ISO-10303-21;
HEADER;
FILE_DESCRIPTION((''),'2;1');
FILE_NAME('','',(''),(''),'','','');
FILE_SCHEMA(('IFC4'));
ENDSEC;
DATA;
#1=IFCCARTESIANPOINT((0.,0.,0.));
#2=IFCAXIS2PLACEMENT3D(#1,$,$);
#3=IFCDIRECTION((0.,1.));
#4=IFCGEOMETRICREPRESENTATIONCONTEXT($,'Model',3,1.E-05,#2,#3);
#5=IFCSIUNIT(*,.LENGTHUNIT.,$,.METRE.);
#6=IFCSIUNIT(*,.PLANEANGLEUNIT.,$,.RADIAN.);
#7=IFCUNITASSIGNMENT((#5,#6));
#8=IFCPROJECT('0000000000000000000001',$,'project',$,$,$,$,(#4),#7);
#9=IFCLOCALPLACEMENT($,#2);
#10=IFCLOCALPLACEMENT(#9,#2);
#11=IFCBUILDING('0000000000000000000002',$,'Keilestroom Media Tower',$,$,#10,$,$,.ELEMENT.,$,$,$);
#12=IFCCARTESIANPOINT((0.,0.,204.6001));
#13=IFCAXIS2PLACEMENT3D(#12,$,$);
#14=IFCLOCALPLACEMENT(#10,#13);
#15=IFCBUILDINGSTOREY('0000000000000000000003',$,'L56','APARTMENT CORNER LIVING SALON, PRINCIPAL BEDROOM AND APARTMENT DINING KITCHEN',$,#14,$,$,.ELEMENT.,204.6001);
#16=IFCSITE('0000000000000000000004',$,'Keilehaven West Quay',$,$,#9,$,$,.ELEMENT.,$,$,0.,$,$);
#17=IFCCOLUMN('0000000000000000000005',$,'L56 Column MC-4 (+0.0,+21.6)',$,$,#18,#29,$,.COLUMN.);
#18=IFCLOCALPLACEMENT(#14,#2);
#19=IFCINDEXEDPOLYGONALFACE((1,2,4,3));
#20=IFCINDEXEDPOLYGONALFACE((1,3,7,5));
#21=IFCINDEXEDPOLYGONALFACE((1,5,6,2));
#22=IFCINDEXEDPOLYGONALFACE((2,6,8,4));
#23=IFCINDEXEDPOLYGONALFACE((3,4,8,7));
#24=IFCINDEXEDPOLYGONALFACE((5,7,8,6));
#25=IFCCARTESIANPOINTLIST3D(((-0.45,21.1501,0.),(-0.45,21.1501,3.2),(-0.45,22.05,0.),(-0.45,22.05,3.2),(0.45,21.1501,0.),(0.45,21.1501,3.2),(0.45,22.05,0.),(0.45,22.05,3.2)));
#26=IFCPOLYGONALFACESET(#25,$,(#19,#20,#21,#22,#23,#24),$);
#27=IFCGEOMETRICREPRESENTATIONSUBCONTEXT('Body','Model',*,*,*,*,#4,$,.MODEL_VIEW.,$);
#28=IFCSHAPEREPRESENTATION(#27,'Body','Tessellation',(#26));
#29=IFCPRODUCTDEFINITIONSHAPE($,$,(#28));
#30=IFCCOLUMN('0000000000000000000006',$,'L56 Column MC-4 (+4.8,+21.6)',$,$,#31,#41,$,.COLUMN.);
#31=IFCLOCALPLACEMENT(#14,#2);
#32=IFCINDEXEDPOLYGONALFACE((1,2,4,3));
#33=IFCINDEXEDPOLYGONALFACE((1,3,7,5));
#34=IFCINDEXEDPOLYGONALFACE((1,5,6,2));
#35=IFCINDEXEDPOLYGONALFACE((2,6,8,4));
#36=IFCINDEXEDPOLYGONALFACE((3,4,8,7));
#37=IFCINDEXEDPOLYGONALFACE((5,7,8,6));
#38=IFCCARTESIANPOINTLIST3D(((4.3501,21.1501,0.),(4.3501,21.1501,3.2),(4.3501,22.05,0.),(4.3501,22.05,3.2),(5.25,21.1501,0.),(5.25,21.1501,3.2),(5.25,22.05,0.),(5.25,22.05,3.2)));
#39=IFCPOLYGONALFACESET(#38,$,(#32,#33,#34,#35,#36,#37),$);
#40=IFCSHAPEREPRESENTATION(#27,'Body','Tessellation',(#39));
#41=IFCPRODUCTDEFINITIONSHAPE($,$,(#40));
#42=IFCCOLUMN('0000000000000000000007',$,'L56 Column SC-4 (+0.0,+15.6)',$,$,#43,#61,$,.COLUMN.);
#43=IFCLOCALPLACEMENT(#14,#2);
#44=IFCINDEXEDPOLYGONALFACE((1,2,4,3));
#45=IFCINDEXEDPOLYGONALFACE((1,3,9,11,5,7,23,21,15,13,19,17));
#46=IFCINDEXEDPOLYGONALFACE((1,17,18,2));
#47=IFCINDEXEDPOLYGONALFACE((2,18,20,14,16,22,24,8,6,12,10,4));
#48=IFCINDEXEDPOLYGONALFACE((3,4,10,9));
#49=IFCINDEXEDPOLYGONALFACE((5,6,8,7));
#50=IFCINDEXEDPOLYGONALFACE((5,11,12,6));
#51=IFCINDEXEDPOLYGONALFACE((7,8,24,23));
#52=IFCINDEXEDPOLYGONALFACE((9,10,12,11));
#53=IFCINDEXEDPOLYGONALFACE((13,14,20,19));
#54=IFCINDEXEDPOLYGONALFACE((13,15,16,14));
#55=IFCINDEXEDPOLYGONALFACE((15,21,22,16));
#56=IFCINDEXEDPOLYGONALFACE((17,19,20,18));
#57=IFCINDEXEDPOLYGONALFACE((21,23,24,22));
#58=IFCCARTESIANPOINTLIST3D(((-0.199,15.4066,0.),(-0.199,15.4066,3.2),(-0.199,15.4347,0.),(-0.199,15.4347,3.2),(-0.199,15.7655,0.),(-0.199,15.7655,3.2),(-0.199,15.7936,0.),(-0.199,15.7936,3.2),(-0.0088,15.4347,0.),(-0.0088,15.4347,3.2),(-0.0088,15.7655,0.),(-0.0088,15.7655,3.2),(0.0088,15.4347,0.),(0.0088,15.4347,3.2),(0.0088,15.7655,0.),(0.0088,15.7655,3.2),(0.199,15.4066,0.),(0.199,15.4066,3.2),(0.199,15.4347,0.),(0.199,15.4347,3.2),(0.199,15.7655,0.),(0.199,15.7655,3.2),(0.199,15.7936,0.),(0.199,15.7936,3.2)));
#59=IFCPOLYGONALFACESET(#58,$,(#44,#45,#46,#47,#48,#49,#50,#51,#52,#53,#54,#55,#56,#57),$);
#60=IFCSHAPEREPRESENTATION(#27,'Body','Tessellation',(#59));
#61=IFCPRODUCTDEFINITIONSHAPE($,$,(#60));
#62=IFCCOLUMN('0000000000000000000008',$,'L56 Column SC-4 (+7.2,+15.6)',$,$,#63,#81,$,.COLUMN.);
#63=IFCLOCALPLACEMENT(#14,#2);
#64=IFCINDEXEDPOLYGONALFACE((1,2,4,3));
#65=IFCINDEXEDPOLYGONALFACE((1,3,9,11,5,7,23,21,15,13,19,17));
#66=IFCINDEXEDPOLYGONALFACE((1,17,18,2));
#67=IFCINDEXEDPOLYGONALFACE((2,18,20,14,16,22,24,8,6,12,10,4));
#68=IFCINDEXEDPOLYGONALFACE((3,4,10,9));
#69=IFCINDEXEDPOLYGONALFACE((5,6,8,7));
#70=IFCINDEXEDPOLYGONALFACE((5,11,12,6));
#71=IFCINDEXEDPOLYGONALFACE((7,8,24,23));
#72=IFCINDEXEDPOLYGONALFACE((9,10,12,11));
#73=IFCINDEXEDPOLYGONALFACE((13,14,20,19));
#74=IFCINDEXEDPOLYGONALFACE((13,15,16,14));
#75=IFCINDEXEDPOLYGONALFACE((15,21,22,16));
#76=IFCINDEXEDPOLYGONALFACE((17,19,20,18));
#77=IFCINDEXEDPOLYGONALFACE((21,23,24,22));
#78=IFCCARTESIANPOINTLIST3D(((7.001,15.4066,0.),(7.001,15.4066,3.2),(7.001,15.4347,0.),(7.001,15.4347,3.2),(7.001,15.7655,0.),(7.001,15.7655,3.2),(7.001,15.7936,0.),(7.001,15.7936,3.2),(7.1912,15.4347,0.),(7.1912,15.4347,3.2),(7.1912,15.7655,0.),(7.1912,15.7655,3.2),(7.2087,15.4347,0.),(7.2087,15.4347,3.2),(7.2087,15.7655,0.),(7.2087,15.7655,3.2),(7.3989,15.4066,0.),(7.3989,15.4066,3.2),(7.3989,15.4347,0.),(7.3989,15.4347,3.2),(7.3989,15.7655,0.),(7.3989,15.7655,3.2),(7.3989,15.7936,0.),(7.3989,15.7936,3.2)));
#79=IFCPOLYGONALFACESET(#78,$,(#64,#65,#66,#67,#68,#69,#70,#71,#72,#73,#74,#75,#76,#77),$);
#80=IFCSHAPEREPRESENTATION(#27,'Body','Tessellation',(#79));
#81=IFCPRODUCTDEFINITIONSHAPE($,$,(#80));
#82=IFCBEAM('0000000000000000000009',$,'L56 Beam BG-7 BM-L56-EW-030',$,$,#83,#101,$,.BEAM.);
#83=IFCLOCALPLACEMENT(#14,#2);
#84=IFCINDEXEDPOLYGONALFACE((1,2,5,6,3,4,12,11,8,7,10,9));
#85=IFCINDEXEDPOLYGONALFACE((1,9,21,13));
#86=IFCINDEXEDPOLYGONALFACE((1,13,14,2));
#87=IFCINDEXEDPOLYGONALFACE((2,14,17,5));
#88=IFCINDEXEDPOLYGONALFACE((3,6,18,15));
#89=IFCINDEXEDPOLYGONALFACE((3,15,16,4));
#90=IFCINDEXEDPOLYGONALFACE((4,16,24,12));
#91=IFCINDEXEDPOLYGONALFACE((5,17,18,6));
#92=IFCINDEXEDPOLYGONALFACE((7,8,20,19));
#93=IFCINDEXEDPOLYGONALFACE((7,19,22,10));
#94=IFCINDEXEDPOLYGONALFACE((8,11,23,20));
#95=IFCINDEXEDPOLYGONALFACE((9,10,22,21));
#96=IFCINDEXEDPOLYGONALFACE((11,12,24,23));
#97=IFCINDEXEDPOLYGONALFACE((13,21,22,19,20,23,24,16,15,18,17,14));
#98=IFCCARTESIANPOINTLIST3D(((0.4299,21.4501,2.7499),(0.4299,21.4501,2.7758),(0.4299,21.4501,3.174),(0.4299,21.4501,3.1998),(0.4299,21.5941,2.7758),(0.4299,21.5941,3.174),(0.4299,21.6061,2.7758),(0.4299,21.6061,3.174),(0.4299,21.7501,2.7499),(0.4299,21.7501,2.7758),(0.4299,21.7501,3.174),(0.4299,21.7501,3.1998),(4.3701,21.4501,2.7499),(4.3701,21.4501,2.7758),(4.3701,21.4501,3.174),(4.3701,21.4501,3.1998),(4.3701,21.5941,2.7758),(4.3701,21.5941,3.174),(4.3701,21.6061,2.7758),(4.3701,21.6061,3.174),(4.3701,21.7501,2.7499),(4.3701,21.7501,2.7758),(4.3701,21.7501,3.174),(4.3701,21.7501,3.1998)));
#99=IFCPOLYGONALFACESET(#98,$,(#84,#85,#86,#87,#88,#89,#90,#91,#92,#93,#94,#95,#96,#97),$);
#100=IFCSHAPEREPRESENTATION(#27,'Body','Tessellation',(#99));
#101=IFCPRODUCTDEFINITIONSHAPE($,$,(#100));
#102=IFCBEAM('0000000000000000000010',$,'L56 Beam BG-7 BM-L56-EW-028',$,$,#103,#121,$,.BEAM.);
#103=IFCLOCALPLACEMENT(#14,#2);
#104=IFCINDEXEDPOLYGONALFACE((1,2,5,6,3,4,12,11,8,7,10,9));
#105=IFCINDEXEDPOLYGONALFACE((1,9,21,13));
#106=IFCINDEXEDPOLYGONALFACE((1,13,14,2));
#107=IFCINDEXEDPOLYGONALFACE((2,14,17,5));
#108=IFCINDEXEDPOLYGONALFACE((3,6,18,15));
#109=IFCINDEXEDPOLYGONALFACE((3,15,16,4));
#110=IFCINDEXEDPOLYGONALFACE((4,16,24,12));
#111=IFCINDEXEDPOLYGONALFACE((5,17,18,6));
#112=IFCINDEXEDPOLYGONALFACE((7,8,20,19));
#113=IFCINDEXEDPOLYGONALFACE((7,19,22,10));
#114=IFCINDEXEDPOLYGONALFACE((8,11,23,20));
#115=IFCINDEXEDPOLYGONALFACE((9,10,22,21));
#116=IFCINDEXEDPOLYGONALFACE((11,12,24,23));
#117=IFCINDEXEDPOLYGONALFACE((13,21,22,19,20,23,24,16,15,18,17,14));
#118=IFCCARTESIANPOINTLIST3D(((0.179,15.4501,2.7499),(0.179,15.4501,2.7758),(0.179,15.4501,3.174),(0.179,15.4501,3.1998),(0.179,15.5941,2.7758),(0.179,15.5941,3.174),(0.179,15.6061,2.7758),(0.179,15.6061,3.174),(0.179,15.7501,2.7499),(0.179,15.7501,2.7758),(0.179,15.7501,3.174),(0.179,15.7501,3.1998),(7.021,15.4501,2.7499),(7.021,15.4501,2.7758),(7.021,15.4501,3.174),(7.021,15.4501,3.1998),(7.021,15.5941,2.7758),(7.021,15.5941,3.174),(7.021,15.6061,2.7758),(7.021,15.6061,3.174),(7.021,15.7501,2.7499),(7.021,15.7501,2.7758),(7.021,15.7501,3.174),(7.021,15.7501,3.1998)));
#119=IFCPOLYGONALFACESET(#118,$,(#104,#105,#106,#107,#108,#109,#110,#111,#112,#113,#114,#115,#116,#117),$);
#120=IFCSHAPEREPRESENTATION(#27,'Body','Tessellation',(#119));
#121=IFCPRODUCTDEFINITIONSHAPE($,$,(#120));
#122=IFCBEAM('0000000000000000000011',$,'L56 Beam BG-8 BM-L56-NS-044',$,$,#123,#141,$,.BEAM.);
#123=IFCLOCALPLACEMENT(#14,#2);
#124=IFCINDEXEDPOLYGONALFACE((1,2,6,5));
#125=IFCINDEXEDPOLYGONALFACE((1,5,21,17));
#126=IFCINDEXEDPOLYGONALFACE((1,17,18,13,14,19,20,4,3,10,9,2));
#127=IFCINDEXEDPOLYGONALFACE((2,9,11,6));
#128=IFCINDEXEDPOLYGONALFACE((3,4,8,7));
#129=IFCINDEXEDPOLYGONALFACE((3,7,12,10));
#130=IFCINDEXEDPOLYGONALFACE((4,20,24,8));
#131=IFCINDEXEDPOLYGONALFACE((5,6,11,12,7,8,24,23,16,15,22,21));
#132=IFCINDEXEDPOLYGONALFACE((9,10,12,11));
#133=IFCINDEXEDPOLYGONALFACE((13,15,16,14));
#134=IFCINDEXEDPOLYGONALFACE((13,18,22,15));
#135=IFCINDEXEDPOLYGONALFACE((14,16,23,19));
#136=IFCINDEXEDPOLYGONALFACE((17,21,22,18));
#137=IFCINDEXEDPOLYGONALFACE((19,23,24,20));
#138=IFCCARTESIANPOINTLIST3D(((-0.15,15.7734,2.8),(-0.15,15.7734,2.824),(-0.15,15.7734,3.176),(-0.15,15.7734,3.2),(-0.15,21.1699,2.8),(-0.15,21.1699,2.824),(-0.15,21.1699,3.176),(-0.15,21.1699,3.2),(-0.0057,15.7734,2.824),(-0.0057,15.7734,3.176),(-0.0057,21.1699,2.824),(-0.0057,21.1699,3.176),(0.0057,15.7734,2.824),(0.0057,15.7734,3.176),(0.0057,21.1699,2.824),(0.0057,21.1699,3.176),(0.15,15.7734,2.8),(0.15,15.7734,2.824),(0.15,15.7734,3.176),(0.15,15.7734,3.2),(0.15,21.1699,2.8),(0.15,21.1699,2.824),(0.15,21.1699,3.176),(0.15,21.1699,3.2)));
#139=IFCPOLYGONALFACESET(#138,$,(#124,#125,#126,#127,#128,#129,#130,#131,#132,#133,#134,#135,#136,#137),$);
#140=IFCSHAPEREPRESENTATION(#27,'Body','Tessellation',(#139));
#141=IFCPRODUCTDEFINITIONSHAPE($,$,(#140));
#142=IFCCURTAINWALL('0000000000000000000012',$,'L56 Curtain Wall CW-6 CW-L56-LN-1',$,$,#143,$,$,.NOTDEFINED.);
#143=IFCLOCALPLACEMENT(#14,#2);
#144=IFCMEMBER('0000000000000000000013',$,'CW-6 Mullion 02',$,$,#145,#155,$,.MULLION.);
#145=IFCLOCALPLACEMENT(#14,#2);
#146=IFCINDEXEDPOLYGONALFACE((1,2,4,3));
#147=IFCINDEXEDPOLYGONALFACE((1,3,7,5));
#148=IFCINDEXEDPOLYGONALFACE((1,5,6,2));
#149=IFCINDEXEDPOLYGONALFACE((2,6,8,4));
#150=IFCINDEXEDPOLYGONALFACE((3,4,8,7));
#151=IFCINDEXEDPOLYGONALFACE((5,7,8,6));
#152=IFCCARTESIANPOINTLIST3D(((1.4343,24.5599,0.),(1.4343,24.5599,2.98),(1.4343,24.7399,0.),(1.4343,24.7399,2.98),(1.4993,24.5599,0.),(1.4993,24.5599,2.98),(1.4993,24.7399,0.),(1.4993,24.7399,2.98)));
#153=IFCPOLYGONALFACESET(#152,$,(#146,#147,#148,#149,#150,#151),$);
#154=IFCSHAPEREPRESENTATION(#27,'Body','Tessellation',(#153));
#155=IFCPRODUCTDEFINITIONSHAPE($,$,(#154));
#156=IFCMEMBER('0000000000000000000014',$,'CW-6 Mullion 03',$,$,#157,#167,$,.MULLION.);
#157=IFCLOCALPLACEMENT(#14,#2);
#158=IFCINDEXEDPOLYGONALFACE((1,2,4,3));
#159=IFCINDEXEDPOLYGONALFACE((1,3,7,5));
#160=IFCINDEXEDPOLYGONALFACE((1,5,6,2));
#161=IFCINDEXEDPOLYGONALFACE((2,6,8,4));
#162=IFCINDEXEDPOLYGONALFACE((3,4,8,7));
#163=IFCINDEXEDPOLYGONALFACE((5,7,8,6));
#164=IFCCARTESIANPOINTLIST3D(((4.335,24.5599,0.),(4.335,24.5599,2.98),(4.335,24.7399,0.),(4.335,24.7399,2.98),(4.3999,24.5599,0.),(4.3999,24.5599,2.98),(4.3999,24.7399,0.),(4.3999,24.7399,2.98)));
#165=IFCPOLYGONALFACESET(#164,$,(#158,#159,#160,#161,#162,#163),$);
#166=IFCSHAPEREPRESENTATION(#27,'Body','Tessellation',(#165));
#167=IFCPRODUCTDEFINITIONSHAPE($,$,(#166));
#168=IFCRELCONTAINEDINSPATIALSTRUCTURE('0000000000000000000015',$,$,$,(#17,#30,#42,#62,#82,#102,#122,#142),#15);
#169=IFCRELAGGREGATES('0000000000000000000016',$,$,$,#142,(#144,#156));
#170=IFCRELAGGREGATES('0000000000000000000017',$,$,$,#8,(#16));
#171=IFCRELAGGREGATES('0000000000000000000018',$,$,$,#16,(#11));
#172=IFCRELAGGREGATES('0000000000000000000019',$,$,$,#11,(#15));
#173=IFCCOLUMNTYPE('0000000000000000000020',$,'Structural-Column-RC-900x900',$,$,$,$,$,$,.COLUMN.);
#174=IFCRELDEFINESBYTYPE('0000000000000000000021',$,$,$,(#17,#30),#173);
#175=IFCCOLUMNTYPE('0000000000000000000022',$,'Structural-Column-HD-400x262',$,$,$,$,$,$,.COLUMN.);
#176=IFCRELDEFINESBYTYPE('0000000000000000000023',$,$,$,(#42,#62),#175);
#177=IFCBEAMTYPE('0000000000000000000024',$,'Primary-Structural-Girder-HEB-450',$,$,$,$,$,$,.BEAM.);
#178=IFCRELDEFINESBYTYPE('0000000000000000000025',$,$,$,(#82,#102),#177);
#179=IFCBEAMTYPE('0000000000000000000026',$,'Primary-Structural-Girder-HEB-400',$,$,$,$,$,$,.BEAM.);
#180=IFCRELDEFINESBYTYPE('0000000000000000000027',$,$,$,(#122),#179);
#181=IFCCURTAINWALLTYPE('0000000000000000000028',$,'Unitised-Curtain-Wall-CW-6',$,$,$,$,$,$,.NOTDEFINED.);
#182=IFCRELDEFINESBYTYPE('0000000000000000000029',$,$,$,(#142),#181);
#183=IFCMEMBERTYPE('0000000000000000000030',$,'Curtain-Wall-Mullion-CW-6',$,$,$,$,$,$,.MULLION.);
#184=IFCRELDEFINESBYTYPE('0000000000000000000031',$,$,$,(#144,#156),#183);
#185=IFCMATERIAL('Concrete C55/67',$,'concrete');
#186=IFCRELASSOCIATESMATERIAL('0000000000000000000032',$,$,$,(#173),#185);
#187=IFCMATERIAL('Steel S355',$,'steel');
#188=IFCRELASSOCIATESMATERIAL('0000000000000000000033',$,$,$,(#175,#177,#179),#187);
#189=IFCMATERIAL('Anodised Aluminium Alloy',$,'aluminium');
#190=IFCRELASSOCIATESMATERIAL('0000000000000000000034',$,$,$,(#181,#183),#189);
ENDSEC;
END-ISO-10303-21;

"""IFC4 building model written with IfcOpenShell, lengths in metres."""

from ifc_helpers import new_model, si_unit, direction, frame, origin, origin_2d, place, context, subcontext, project, spatial, rectangle, i_section, extrude, source, transform, mapped, material, material_profile, profile_set, type_object, element, aggregate, save


model = new_model("IFC4")

# Units and contexts
model_context = context("Model", 3, precision=1e-05, world=origin(), true_north=direction((0.0, 1.0)))
body_context = subcontext(model_context, "Body", "Model", "MODEL_VIEW")
ifc_project = project(units=[si_unit("LENGTHUNIT", "METRE"), si_unit("PLANEANGLEUNIT", "RADIAN")], contexts=[model_context])

# Site, building, storey
site_placement = place(None, origin())
site = spatial("IfcSite", under=ifc_project, at=site_placement, Name="Keilehaven West Quay", CompositionType="ELEMENT", RefElevation=0.0)
building_placement = place(site_placement, origin())
building = spatial("IfcBuilding", under=site, at=building_placement, Name="Keilestroom Media Tower", CompositionType="ELEMENT")
storey_placement = place(building_placement, frame((0.0, 0.0, 204.6001)))
storey = spatial("IfcBuildingStorey", under=building, at=storey_placement, Name="L56", Description="APARTMENT CORNER LIVING SALON, PRINCIPAL BEDROOM AND APARTMENT DINING KITCHEN", CompositionType="ELEMENT", Elevation=204.6001)

# Columns
ifc_material_1 = material(Name="Concrete C55/67", Category="concrete")
ifc_material_profile_1 = material_profile(ifc_material_1, rectangle(XDim=0.8999, YDim=0.8999, at=origin_2d()), Name="RC 900x900")
ifc_profile_set_1 = profile_set([ifc_material_profile_1], Name="Concrete C55/67")
column_type_1 = type_object("IfcColumnType", Name="Structural-Column-RC-900x900", PredefinedType="COLUMN", material=ifc_profile_set_1)
shared_shape_1 = source(origin(), body_context, "Body", "SweptSolid", [
    extrude(rectangle(XDim=0.8999, YDim=0.8999, at=origin_2d()), origin(), (0.0, 0.0, 1.0), 3.2),
])
for number, where, z_axis, x_axis, name in (
    (1, (0.0, 21.6001, 0.0), (0.0, 0.0, 1.0), (1.0, 0.0, 0.0), "L56 Column MC-4 (+0.0,+21.6)"),
    (2, (4.8, 21.6001, 0.0), (0.0, 0.0, 1.0), (1.0, 0.0, 0.0), "L56 Column MC-4 (+4.8,+21.6)"),
):
    element("IfcColumn", number, at=place(storey_placement, frame(where, z_axis=z_axis, x_axis=x_axis)), inside=storey, type_object=column_type_1, Name=name, PredefinedType="COLUMN", context=body_context, shape_type="MappedRepresentation", body=[
        mapped(shared_shape_1, transform((0.0, 0.0, 0.0), x_axis=(1.0, 0.0, 0.0), y_axis=(0.0, 1.0, 0.0), z_axis=(0.0, 0.0, 1.0), scale=1.0)),
    ])
ifc_material_2 = material(Name="Steel S355", Category="steel")
ifc_material_profile_2 = material_profile(ifc_material_2, i_section(OverallWidth=0.3979, OverallDepth=0.387, WebThickness=0.0176, FlangeThickness=0.0281, at=origin_2d()), Name="HD 400x262")
ifc_profile_set_2 = profile_set([ifc_material_profile_2], Name="Steel S355")
column_type_2 = type_object("IfcColumnType", Name="Structural-Column-HD-400x262", PredefinedType="COLUMN", material=ifc_profile_set_2)
shared_shape_2 = source(origin(), body_context, "Body", "SweptSolid", [
    extrude(i_section(OverallWidth=0.3979, OverallDepth=0.387, WebThickness=0.0176, FlangeThickness=0.0281, at=origin_2d()), origin(), (0.0, 0.0, 1.0), 3.2),
])
for number, where, z_axis, x_axis, name in (
    (3, (0.0, 15.6001, 0.0), (0.0, 0.0, 1.0), (1.0, 0.0, 0.0), "L56 Column SC-4 (+0.0,+15.6)"),
    (4, (7.2, 15.6001, 0.0), (0.0, 0.0, 1.0), (1.0, 0.0, 0.0), "L56 Column SC-4 (+7.2,+15.6)"),
):
    element("IfcColumn", number, at=place(storey_placement, frame(where, z_axis=z_axis, x_axis=x_axis)), inside=storey, type_object=column_type_2, Name=name, PredefinedType="COLUMN", context=body_context, shape_type="MappedRepresentation", body=[
        mapped(shared_shape_2, transform((0.0, 0.0, 0.0), x_axis=(1.0, 0.0, 0.0), y_axis=(0.0, 1.0, 0.0), z_axis=(0.0, 0.0, 1.0), scale=1.0)),
    ])

# Beams
ifc_material_profile_3 = material_profile(ifc_material_2, i_section(OverallWidth=0.3, OverallDepth=0.45, WebThickness=0.012, FlangeThickness=0.0259, at=origin_2d()), Name="HEB 450")
ifc_profile_set_3 = profile_set([ifc_material_profile_3], Name="Steel S355")
beam_type_1 = type_object("IfcBeamType", Name="Primary-Structural-Girder-HEB-450", PredefinedType="BEAM", material=ifc_profile_set_3)
shared_shape_3 = source(origin(), body_context, "Body", "SweptSolid", [
    extrude(i_section(OverallWidth=0.3, OverallDepth=0.45, WebThickness=0.012, FlangeThickness=0.0259, at=origin_2d()), origin(), (0.0, 0.0, 1.0), 3.9402),
])
beam_1_placement = place(storey_placement, frame((0.4299, 21.6001, 2.9749), z_axis=(1.0, 0.0, 0.0), x_axis=(0.0, 1.0, 0.0)))
element("IfcBeam", 5, at=beam_1_placement, inside=storey, type_object=beam_type_1, Name="L56 Beam BG-7 BM-L56-EW-030", PredefinedType="BEAM", context=body_context, shape_type="MappedRepresentation", body=[
    mapped(shared_shape_3, transform((0.0, 0.0, 0.0), x_axis=(1.0, 0.0, 0.0), y_axis=(0.0, 1.0, 0.0), z_axis=(0.0, 0.0, 1.0), scale=1.0)),
])
shared_shape_4 = source(origin(), body_context, "Body", "SweptSolid", [
    extrude(i_section(OverallWidth=0.3, OverallDepth=0.45, WebThickness=0.012, FlangeThickness=0.0259, at=origin_2d()), origin(), (0.0, 0.0, 1.0), 6.842),
])
beam_2_placement = place(storey_placement, frame((0.179, 15.6001, 2.9749), z_axis=(1.0, 0.0, 0.0), x_axis=(0.0, 1.0, 0.0)))
element("IfcBeam", 6, at=beam_2_placement, inside=storey, type_object=beam_type_1, Name="L56 Beam BG-7 BM-L56-EW-028", PredefinedType="BEAM", context=body_context, shape_type="MappedRepresentation", body=[
    mapped(shared_shape_4, transform((0.0, 0.0, 0.0), x_axis=(1.0, 0.0, 0.0), y_axis=(0.0, 1.0, 0.0), z_axis=(0.0, 0.0, 1.0), scale=1.0)),
])
ifc_material_profile_4 = material_profile(ifc_material_2, i_section(OverallWidth=0.3, OverallDepth=0.3999, WebThickness=0.0115, FlangeThickness=0.0239, at=origin_2d()), Name="HEB 400")
ifc_profile_set_4 = profile_set([ifc_material_profile_4], Name="Steel S355")
beam_type_2 = type_object("IfcBeamType", Name="Primary-Structural-Girder-HEB-400", PredefinedType="BEAM", material=ifc_profile_set_4)
shared_shape_5 = source(origin(), body_context, "Body", "SweptSolid", [
    extrude(i_section(OverallWidth=0.3, OverallDepth=0.3999, WebThickness=0.0115, FlangeThickness=0.0239, at=origin_2d()), origin(), (0.0, 0.0, 1.0), 5.3965),
])
beam_3_placement = place(storey_placement, frame((0.0, 15.7734, 3.0), z_axis=(0.0, 1.0, 0.0), x_axis=(-1.0, 0.0, 0.0)))
element("IfcBeam", 7, at=beam_3_placement, inside=storey, type_object=beam_type_2, Name="L56 Beam BG-8 BM-L56-NS-044", PredefinedType="BEAM", context=body_context, shape_type="MappedRepresentation", body=[
    mapped(shared_shape_5, transform((0.0, 0.0, 0.0), x_axis=(1.0, 0.0, 0.0), y_axis=(0.0, 1.0, 0.0), z_axis=(0.0, 0.0, 1.0), scale=1.0)),
])

# Curtain wall, members
ifc_material_3 = material(Name="Anodised Aluminium Alloy", Category="aluminium")
curtain_wall_type = type_object("IfcCurtainWallType", Name="Unitised-Curtain-Wall-CW-6", PredefinedType="NOTDEFINED", material=ifc_material_3)
curtain_wall_placement = place(storey_placement, origin())
curtain_wall = element("IfcCurtainWall", 8, at=curtain_wall_placement, inside=storey, type_object=curtain_wall_type, Name="L56 Curtain Wall CW-6 CW-L56-LN-1", PredefinedType="NOTDEFINED")
ifc_material_profile_5 = material_profile(ifc_material_3, rectangle(XDim=0.0649, YDim=0.1799, at=origin_2d()), Name="ALU MULLION 65x180")
ifc_profile_set_5 = profile_set([ifc_material_profile_5], Name="Anodised Aluminium Alloy")
member_type_1 = type_object("IfcMemberType", Name="Curtain-Wall-Mullion-CW-6", PredefinedType="MULLION", material=ifc_profile_set_5)
shared_shape_6 = source(origin(), body_context, "Body", "SweptSolid", [
    extrude(rectangle(XDim=0.0649, YDim=0.1799, at=origin_2d()), origin(), (0.0, 0.0, 1.0), 2.98),
])
member_1_placement = place(storey_placement, frame((1.4668, 24.6499, 0.0), z_axis=(0.0, 0.0, 1.0), x_axis=(1.0, 0.0, 0.0)))
member_1 = element("IfcMember", 9, at=member_1_placement, type_object=member_type_1, Name="CW-6 Mullion 02", PredefinedType="MULLION", context=body_context, shape_type="MappedRepresentation", body=[
    mapped(shared_shape_6, transform((0.0, 0.0, 0.0), x_axis=(1.0, 0.0, 0.0), y_axis=(0.0, 1.0, 0.0), z_axis=(0.0, 0.0, 1.0), scale=1.0)),
])
member_2_placement = place(storey_placement, frame((4.3674, 24.6499, 0.0), z_axis=(0.0, 0.0, 1.0), x_axis=(1.0, 0.0, 0.0)))
member_2 = element("IfcMember", 10, at=member_2_placement, type_object=member_type_1, Name="CW-6 Mullion 03", PredefinedType="MULLION", context=body_context, shape_type="MappedRepresentation", body=[
    mapped(shared_shape_6, transform((0.0, 0.0, 0.0), x_axis=(1.0, 0.0, 0.0), y_axis=(0.0, 1.0, 0.0), z_axis=(0.0, 0.0, 1.0), scale=1.0)),
])
aggregate(curtain_wall, [member_1, member_2])

save(model, "model.ifc")
